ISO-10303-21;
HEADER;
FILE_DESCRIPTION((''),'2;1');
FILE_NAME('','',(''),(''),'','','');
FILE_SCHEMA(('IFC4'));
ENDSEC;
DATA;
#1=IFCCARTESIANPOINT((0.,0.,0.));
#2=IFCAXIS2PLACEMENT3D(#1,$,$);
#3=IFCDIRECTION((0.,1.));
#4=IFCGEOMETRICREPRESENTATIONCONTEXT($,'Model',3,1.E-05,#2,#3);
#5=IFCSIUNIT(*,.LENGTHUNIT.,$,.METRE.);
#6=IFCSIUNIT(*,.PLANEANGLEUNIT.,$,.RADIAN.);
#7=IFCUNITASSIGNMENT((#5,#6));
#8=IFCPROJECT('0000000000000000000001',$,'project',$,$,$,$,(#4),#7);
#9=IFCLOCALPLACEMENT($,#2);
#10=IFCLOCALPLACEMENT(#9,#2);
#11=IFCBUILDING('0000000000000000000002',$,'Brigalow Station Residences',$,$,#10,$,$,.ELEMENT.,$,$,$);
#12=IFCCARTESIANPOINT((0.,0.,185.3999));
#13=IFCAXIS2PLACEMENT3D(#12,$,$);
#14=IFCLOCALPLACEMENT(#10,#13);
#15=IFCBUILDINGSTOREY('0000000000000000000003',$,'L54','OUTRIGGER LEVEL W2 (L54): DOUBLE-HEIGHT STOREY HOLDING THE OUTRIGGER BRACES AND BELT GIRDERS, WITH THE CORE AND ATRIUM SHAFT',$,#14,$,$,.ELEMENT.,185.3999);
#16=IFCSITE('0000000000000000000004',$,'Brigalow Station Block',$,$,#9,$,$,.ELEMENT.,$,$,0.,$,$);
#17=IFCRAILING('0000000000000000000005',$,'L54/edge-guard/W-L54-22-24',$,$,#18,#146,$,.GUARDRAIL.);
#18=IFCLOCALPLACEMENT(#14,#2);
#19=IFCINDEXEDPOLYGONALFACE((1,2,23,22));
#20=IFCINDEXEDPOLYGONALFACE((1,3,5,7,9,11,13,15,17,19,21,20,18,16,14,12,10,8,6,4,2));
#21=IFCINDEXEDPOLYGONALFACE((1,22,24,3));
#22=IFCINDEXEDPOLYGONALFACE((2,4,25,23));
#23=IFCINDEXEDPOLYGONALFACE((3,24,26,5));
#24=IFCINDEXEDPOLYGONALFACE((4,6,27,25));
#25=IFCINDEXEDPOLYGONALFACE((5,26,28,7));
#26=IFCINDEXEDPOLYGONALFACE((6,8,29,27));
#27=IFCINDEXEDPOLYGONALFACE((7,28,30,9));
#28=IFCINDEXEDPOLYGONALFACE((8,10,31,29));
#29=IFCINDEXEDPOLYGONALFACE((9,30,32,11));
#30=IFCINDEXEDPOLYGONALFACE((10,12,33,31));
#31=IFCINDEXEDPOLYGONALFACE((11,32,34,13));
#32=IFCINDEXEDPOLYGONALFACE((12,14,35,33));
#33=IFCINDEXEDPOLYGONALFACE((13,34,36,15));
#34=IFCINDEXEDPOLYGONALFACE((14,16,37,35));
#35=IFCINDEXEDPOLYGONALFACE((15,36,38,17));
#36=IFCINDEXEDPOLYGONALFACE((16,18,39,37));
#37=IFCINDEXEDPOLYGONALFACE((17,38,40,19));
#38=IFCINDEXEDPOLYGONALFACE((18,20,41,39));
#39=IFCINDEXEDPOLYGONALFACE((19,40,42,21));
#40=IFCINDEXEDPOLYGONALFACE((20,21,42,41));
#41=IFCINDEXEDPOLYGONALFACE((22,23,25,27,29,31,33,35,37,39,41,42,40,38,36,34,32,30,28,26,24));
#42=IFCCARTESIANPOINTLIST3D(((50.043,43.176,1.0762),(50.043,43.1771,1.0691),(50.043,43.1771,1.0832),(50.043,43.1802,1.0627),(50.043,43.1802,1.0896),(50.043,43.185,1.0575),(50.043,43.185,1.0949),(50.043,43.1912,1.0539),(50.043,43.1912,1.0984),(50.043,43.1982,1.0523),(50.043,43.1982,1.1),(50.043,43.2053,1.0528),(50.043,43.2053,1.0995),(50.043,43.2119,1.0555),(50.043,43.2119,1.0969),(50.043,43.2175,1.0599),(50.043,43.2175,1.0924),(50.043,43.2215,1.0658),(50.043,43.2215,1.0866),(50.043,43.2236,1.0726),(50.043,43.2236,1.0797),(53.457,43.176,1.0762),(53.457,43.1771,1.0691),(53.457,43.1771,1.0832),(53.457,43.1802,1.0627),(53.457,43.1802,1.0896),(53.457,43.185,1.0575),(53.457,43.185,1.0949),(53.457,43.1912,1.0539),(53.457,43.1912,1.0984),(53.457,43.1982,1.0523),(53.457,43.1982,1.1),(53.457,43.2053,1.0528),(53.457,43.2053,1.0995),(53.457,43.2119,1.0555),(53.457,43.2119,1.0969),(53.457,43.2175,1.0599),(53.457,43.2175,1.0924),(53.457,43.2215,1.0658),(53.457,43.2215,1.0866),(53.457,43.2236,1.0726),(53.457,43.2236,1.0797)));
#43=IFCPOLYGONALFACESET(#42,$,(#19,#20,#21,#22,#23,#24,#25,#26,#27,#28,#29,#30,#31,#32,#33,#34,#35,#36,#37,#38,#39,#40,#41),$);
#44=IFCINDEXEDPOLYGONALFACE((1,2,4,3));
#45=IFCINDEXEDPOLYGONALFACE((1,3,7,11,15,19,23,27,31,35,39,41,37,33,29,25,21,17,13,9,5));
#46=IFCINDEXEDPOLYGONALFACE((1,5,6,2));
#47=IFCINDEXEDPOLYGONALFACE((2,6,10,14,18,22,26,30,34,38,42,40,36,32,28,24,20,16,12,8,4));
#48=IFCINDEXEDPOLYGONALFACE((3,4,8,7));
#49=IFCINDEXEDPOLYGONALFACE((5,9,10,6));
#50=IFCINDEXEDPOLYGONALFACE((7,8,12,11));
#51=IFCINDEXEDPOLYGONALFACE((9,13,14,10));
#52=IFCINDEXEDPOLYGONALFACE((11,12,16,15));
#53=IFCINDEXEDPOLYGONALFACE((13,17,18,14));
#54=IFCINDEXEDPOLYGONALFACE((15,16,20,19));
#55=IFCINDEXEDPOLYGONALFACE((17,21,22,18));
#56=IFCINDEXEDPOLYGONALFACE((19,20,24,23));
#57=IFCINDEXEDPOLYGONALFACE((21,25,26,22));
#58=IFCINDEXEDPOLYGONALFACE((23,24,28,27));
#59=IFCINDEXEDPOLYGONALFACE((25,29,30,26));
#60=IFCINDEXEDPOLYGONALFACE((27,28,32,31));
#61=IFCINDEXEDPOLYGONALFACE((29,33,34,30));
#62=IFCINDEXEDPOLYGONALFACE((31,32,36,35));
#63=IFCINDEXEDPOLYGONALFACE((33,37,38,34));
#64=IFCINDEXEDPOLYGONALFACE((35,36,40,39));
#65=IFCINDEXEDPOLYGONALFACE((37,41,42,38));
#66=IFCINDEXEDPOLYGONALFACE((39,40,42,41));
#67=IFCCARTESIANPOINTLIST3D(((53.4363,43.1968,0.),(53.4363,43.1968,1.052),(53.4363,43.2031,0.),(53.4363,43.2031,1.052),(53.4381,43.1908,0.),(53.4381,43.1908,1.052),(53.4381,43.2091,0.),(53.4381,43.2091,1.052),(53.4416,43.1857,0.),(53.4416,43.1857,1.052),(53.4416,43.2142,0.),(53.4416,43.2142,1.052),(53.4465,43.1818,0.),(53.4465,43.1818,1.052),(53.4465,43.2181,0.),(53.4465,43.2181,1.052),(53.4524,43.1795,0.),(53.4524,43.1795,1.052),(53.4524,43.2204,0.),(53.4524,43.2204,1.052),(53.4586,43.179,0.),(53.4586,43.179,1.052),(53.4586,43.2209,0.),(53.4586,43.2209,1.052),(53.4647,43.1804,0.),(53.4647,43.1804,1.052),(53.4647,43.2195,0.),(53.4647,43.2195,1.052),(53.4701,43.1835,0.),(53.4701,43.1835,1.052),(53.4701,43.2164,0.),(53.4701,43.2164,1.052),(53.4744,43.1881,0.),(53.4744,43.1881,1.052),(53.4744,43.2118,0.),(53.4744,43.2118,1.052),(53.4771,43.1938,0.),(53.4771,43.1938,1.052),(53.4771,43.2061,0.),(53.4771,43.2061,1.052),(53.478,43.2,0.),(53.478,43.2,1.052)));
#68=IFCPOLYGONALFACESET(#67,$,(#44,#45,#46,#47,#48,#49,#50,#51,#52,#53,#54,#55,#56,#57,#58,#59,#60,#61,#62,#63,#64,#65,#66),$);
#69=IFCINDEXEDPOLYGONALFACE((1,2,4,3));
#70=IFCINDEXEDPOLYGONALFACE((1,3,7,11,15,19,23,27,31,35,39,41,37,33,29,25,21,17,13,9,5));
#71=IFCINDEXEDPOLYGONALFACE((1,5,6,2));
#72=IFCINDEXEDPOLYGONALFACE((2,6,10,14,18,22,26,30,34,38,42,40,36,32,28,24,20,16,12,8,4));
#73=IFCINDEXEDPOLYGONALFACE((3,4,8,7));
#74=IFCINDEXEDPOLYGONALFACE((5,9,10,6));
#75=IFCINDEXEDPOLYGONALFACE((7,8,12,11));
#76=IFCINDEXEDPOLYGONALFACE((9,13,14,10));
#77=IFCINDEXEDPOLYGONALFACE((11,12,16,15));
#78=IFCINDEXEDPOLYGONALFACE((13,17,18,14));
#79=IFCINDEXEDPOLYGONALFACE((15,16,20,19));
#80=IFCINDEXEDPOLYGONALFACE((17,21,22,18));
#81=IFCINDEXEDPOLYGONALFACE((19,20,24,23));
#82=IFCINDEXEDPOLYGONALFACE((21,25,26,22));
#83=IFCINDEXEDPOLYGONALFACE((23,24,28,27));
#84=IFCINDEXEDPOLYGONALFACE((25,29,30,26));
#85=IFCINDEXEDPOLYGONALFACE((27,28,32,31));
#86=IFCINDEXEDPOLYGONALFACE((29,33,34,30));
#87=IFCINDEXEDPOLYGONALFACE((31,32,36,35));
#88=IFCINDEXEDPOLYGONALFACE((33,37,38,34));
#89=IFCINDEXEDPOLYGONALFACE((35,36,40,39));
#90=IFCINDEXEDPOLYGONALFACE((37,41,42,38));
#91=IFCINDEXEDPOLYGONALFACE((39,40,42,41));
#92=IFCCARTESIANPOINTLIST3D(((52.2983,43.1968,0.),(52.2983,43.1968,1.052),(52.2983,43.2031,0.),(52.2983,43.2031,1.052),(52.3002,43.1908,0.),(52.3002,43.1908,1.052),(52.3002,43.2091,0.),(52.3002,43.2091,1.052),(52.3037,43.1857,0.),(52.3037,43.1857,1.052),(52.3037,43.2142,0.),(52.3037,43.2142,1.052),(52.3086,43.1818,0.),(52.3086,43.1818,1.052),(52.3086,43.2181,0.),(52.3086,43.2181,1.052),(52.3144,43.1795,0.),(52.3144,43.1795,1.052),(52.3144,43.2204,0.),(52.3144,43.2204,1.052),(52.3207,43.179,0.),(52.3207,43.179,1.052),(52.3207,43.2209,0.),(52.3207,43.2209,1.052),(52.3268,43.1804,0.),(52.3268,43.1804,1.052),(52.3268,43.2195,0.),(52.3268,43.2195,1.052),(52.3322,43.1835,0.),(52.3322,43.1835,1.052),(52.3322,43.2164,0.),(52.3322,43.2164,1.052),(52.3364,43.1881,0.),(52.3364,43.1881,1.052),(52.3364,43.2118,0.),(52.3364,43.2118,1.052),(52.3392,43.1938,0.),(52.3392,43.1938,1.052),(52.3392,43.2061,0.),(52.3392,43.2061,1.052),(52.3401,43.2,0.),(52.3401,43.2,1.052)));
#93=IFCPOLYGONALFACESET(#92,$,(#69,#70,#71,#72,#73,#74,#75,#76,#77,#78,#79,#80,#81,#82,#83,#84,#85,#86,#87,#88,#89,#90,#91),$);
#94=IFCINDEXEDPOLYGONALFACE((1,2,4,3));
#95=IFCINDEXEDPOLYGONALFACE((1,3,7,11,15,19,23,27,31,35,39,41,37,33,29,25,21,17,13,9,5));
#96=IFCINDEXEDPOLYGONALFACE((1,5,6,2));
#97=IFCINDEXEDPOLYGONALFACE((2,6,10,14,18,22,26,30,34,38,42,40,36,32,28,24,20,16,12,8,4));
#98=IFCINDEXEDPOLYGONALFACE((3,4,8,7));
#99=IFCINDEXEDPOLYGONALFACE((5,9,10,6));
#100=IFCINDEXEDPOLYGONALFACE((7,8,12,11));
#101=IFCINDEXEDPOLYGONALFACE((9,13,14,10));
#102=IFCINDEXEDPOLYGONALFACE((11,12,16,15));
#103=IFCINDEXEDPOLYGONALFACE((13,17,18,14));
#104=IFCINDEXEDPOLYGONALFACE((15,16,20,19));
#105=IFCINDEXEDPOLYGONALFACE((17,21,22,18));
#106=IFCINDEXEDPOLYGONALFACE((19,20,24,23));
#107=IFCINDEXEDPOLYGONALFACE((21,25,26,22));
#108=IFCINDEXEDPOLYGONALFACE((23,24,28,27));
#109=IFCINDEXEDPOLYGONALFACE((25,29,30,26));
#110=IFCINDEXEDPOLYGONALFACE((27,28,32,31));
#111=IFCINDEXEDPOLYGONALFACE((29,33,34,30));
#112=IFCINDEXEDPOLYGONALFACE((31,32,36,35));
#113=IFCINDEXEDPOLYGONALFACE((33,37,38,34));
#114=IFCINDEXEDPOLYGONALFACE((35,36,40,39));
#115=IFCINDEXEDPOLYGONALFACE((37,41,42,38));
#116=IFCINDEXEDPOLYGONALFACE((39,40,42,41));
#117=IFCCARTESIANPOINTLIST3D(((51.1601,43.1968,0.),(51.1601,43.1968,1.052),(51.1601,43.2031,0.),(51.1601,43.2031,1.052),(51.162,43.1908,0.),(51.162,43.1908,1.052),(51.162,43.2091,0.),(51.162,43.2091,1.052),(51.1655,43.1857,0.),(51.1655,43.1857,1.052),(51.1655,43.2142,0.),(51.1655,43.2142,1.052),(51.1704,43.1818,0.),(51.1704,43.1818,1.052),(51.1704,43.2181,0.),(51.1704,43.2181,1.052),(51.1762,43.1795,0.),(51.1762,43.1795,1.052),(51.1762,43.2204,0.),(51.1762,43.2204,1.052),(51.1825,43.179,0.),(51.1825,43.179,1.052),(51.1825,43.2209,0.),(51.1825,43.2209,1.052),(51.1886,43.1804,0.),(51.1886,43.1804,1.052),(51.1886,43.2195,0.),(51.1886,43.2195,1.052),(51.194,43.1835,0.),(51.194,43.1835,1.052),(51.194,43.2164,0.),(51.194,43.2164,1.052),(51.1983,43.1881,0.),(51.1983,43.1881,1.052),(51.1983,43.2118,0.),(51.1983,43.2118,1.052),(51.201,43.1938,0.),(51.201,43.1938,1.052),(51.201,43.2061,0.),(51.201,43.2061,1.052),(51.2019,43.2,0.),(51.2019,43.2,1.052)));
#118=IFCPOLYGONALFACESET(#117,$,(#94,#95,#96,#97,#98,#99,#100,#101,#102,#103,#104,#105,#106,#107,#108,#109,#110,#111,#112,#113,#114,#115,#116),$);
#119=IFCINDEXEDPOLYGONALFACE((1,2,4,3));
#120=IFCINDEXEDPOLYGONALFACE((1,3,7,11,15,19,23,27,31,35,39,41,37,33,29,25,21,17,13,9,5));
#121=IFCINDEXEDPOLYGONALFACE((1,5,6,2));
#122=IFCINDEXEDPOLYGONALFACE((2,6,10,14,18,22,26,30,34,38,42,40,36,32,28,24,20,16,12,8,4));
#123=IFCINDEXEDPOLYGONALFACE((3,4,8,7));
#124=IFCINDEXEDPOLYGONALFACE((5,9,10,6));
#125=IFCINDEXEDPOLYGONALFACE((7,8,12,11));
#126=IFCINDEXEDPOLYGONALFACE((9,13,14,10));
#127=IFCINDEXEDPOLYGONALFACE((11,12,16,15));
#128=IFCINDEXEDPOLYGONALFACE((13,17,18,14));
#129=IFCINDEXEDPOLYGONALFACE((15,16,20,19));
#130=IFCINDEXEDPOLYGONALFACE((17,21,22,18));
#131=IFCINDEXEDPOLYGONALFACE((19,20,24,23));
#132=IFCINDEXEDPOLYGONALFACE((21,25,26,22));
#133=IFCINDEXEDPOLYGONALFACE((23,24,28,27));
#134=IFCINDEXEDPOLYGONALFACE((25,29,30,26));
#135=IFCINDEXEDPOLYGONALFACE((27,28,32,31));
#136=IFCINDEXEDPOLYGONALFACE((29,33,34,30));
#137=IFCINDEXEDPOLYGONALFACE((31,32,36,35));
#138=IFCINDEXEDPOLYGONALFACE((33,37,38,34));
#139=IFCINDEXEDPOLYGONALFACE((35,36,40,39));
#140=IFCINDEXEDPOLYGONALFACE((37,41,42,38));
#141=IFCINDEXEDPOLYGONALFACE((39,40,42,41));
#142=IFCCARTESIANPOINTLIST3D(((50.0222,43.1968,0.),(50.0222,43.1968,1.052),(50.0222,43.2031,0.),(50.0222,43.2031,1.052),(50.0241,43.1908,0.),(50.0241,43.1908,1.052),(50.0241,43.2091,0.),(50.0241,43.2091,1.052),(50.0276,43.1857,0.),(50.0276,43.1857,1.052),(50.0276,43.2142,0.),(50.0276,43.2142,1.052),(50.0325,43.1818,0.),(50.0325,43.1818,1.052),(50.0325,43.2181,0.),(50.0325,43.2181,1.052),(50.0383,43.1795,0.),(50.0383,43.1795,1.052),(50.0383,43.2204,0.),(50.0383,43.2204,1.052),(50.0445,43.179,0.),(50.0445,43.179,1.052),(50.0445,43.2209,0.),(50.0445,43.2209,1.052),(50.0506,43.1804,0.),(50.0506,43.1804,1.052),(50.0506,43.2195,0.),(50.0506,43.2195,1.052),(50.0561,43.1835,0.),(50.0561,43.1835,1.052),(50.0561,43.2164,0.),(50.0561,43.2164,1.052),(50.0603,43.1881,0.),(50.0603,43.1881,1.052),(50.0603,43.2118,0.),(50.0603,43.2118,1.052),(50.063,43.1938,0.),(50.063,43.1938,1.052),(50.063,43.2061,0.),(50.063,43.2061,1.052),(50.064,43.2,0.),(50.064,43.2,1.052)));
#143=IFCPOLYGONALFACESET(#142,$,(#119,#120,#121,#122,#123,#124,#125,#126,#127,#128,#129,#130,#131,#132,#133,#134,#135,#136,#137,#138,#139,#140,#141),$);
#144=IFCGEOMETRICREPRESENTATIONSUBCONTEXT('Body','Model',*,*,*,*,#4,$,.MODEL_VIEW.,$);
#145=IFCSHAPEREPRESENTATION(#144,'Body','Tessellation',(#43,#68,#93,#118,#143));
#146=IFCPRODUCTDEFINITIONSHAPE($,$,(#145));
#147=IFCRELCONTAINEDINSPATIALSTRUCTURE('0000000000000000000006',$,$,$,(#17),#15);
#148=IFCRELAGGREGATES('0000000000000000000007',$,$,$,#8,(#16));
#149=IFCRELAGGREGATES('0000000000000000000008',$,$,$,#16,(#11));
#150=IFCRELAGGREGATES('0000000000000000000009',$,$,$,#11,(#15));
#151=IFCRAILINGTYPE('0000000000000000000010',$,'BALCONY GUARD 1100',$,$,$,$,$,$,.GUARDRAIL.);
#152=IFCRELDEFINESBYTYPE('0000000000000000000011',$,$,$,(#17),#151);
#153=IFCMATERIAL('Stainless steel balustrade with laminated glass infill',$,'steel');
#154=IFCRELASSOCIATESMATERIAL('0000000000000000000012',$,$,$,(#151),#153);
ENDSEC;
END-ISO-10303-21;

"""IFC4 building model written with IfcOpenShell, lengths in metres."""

from ifc_helpers import new_model, si_unit, direction, frame, origin, origin_2d, place, context, subcontext, project, spatial, circle, extrude, material, type_object, element, save


model = new_model("IFC4")

# Units and contexts
model_context = context("Model", 3, precision=1e-05, world=origin(), true_north=direction((0.0, 1.0)))
body_context = subcontext(model_context, "Body", "Model", "MODEL_VIEW")
ifc_project = project(units=[si_unit("LENGTHUNIT", "METRE"), si_unit("PLANEANGLEUNIT", "RADIAN")], contexts=[model_context])

# Site, building, storey
site_placement = place(None, origin())
site = spatial("IfcSite", under=ifc_project, at=site_placement, Name="Brigalow Station Block", CompositionType="ELEMENT", RefElevation=0.0)
building_placement = place(site_placement, origin())
building = spatial("IfcBuilding", under=site, at=building_placement, Name="Brigalow Station Residences", CompositionType="ELEMENT")
storey_placement = place(building_placement, frame((0.0, 0.0, 185.3999)))
storey = spatial("IfcBuildingStorey", under=building, at=storey_placement, Name="L54", Description="OUTRIGGER LEVEL W2 (L54): DOUBLE-HEIGHT STOREY HOLDING THE OUTRIGGER BRACES AND BELT GIRDERS, WITH THE CORE AND ATRIUM SHAFT", CompositionType="ELEMENT", Elevation=185.3999)

# Railing
ifc_material_1 = material(Name="Stainless steel balustrade with laminated glass infill", Category="steel")
railing_type = type_object("IfcRailingType", Name="BALCONY GUARD 1100", PredefinedType="GUARDRAIL", material=ifc_material_1)
for number, where, name in (
    (1, (53.457, 43.2, 0.0), "L54/edge-guard/W-L54-22-24"),
):
    element("IfcRailing", number, at=place(storey_placement, frame(where)), inside=storey, type_object=railing_type, Name=name, PredefinedType="GUARDRAIL", context=body_context, shape_type="SweptSolid", body=[
        extrude(circle(Radius=0.0239, at=origin_2d()), frame((0.0, 0.0, 1.0762), z_axis=(-1.0, 0.0, 0.0), x_axis=(0.0, -1.0, 0.0)), (0.0, 0.0, 1.0), 3.4141),
        extrude(circle(Radius=0.021, at=origin_2d()), origin(), (0.0, 0.0, 1.0), 1.052),
        extrude(circle(Radius=0.021, at=origin_2d()), frame((-1.1379, 0.0, 0.0)), (0.0, 0.0, 1.0), 1.052),
        extrude(circle(Radius=0.021, at=origin_2d()), frame((-2.2761, 0.0, 0.0)), (0.0, 0.0, 1.0), 1.052),
        extrude(circle(Radius=0.021, at=origin_2d()), frame((-3.4141, 0.0, 0.0)), (0.0, 0.0, 1.0), 1.052),
    ])

save(model, "model.ifc")
